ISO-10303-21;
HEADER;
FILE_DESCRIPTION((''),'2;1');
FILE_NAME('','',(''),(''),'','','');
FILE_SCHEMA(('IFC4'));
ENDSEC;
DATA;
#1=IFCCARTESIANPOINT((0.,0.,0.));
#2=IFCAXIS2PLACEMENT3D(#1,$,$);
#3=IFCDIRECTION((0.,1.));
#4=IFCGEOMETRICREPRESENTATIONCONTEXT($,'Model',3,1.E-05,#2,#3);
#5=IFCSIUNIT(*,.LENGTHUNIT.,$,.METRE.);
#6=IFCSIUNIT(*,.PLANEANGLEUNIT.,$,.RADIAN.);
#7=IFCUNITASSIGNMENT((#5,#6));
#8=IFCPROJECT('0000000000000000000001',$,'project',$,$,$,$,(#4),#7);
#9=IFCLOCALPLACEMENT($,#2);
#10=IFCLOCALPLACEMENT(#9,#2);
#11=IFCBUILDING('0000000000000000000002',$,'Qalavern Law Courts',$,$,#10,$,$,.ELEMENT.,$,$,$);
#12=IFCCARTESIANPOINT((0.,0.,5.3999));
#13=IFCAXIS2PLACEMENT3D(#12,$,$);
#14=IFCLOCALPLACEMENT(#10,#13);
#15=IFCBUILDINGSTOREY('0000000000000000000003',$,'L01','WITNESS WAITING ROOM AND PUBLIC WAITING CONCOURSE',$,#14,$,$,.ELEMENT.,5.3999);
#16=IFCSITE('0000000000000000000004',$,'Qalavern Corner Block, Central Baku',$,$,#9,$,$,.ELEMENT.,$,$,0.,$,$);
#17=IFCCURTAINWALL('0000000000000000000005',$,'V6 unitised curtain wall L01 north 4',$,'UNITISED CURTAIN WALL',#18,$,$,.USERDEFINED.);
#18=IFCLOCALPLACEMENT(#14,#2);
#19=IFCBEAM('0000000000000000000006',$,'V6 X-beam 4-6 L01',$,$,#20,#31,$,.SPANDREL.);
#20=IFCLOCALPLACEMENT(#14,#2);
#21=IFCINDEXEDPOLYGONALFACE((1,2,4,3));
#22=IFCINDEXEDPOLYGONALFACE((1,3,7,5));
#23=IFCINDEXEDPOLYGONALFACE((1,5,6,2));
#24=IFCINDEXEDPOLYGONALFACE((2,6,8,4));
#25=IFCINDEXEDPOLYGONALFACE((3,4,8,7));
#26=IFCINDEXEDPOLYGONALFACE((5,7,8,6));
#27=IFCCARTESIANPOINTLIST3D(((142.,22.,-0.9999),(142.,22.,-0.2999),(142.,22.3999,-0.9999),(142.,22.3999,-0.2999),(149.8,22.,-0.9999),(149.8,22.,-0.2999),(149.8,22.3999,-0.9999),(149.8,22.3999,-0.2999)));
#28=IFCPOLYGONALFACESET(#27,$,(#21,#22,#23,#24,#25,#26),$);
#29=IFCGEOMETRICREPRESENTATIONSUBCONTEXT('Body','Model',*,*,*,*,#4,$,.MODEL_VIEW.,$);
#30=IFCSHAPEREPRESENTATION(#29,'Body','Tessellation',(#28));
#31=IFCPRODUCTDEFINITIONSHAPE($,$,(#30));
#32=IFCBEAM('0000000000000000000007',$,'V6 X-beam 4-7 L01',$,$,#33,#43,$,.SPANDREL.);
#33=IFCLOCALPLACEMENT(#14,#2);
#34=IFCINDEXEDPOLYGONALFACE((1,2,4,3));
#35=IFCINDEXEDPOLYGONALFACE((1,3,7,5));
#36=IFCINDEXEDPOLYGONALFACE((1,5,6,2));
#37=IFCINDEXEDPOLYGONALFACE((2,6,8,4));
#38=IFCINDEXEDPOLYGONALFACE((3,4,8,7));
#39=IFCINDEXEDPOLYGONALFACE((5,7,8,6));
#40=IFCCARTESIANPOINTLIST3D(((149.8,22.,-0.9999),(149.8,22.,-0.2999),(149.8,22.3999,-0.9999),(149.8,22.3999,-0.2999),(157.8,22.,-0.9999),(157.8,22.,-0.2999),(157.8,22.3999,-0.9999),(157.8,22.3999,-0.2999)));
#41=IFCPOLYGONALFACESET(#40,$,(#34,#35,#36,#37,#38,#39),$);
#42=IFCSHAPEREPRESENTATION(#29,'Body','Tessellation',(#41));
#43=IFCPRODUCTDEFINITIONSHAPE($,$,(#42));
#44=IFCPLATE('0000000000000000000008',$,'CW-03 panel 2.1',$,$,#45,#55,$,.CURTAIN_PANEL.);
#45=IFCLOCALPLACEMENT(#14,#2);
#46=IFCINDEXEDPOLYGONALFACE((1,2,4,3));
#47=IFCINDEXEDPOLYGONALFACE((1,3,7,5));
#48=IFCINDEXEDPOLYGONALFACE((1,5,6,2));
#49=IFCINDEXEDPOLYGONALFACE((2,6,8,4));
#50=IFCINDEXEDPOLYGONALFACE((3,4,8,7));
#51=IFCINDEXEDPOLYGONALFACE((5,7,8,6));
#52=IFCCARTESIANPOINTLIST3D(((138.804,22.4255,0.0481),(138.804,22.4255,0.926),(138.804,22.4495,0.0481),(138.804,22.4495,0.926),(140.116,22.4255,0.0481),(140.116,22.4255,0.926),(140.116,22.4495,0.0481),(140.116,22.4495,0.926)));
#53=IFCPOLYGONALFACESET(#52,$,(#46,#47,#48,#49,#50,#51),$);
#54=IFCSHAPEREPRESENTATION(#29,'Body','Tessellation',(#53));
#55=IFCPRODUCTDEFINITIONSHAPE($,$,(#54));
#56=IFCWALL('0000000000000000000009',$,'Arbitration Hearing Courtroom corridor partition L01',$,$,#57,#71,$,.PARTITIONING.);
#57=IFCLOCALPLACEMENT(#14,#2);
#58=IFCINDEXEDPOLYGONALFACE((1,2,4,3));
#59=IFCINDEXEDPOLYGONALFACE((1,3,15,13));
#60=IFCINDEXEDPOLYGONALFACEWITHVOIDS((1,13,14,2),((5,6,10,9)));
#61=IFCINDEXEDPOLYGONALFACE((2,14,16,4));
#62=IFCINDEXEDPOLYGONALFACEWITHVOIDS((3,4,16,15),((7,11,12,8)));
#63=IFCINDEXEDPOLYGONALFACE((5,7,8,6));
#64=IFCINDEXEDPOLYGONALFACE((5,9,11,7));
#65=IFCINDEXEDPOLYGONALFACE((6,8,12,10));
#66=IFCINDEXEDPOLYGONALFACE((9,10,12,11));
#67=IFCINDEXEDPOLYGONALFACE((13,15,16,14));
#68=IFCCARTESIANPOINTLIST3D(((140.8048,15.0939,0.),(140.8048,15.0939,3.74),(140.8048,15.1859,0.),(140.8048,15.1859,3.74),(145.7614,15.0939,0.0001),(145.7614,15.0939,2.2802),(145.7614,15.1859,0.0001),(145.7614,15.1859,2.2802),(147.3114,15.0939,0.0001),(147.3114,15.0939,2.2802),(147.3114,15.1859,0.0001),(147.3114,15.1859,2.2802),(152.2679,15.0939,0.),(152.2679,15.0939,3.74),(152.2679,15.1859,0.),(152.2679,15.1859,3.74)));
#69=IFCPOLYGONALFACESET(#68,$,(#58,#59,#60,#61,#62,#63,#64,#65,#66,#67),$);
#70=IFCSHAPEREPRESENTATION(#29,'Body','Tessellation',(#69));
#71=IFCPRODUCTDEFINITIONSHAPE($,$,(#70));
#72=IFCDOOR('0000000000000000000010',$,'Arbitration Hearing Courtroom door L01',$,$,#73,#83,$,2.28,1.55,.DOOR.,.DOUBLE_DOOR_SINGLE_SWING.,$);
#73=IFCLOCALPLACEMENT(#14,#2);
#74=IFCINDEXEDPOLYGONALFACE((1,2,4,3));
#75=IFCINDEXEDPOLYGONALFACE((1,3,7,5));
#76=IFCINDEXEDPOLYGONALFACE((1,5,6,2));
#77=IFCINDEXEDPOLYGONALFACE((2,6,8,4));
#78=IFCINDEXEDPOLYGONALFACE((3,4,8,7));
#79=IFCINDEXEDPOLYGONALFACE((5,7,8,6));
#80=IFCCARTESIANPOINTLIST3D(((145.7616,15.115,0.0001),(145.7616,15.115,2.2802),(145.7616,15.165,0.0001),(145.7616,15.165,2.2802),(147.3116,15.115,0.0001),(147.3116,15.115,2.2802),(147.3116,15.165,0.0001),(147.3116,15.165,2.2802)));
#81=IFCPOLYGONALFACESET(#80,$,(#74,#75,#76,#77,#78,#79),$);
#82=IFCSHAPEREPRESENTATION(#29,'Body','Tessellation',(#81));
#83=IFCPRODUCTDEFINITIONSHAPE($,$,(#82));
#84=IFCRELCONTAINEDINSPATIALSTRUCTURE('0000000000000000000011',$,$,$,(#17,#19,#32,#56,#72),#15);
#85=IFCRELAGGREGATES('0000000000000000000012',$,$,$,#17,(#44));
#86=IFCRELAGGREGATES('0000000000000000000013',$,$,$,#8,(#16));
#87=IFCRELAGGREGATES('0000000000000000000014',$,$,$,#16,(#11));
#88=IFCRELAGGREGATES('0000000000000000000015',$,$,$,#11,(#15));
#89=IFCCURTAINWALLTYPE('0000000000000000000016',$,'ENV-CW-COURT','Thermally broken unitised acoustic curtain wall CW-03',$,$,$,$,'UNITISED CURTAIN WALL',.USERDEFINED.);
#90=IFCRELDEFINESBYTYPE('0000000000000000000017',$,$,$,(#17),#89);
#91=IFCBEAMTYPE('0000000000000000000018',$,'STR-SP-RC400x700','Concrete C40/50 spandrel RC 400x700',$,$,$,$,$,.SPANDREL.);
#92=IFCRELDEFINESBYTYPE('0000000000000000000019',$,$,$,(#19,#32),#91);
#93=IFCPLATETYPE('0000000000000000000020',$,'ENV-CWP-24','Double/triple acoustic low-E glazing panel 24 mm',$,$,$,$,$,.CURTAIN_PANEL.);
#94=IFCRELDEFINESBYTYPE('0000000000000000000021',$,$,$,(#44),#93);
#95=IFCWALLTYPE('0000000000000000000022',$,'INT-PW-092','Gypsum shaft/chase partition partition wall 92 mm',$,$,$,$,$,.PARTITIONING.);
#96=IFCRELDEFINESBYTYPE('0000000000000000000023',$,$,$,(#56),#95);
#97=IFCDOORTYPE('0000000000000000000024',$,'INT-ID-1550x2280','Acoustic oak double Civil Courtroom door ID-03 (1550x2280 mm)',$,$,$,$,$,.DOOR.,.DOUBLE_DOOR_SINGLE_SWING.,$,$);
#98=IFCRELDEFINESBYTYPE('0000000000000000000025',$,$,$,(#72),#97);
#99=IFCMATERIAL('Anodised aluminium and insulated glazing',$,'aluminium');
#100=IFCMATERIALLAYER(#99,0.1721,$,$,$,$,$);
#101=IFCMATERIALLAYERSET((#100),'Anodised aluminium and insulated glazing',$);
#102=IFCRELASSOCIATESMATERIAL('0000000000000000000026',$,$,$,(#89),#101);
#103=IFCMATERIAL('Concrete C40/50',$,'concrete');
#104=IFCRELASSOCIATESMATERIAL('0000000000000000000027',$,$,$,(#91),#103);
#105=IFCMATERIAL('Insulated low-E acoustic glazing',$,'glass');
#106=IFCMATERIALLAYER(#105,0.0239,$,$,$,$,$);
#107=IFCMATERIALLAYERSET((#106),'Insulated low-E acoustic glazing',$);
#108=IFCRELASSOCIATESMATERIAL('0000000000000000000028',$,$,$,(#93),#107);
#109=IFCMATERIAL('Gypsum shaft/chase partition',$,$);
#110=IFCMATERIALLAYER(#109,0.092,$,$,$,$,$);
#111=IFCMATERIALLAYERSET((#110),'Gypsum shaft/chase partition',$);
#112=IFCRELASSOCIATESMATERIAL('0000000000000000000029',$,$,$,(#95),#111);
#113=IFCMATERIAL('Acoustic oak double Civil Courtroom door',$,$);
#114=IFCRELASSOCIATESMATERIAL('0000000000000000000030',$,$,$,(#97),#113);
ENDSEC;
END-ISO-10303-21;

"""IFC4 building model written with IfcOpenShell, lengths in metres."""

from ifc_helpers import new_model, si_unit, direction, frame, frame_2d, origin, origin_2d, place, context, subcontext, project, spatial, rectangle, extrude, material, layer, layer_set, material_profile, profile_set, type_object, element, fill, aggregate, save


model = new_model("IFC4")

# Units and contexts
model_context = context("Model", 3, precision=1e-05, world=origin(), true_north=direction((0.0, 1.0)))
body_context = subcontext(model_context, "Body", "Model", "MODEL_VIEW")
ifc_project = project(units=[si_unit("LENGTHUNIT", "METRE"), si_unit("PLANEANGLEUNIT", "RADIAN")], contexts=[model_context])

# Site, building, storey
site_placement = place(None, origin())
site = spatial("IfcSite", under=ifc_project, at=site_placement, Name="Qalavern Corner Block, Central Baku", CompositionType="ELEMENT", RefElevation=0.0)
building_placement = place(site_placement, origin())
building = spatial("IfcBuilding", under=site, at=building_placement, Name="Qalavern Law Courts", CompositionType="ELEMENT")
storey_placement = place(building_placement, frame((0.0, 0.0, 5.3999)))
storey = spatial("IfcBuildingStorey", under=building, at=storey_placement, Name="L01", Description="WITNESS WAITING ROOM AND PUBLIC WAITING CONCOURSE", CompositionType="ELEMENT", Elevation=5.3999)

# Curtain wall
ifc_material_1 = material(Name="Anodised aluminium and insulated glazing", Category="aluminium")
ifc_layer_1 = layer(ifc_material_1, 0.1721)
ifc_layer_set_1 = layer_set([ifc_layer_1], Name="Anodised aluminium and insulated glazing")
curtain_wall_type = type_object("IfcCurtainWallType", Name="ENV-CW-COURT", Description="Thermally broken unitised acoustic curtain wall CW-03", ElementType="UNITISED CURTAIN WALL", PredefinedType="USERDEFINED", material=ifc_layer_set_1)
curtain_wall_placement = place(storey_placement, origin())
curtain_wall = element("IfcCurtainWall", 1, at=curtain_wall_placement, inside=storey, type_object=curtain_wall_type, Name="V6 unitised curtain wall L01 north 4", ObjectType="UNITISED CURTAIN WALL", PredefinedType="USERDEFINED")

# Beams
ifc_material_2 = material(Name="Concrete C40/50", Category="concrete")
ifc_material_profile_1 = material_profile(ifc_material_2, rectangle(XDim=0.3999, YDim=0.7, at=origin_2d()), Name="RC 400x700")
ifc_profile_set_1 = profile_set([ifc_material_profile_1], Name="Concrete C40/50")
beam_type_1 = type_object("IfcBeamType", Name="STR-SP-RC400x700", Description="Concrete C40/50 spandrel RC 400x700", PredefinedType="SPANDREL", material=ifc_profile_set_1)
beam_1_placement = place(storey_placement, frame((142.0, 22.2, -0.6499), z_axis=(1.0, 0.0, 0.0), x_axis=(0.0, 1.0, 0.0)))
element("IfcBeam", 2, at=beam_1_placement, inside=storey, type_object=beam_type_1, Name="V6 X-beam 4-6 L01", PredefinedType="SPANDREL", context=body_context, shape_type="SweptSolid", body=[
    extrude(rectangle(XDim=0.3999, YDim=0.7, at=origin_2d()), origin(), (0.0, 0.0, 1.0), 7.8),
])
beam_2_placement = place(storey_placement, frame((149.8, 22.2, -0.6499), z_axis=(1.0, 0.0, 0.0), x_axis=(0.0, 1.0, 0.0)))
element("IfcBeam", 3, at=beam_2_placement, inside=storey, type_object=beam_type_1, Name="V6 X-beam 4-7 L01", PredefinedType="SPANDREL", context=body_context, shape_type="SweptSolid", body=[
    extrude(rectangle(XDim=0.3999, YDim=0.7, at=origin_2d()), origin(), (0.0, 0.0, 1.0), 8.0),
])

# Plate
ifc_material_3 = material(Name="Insulated low-E acoustic glazing", Category="glass")
ifc_layer_2 = layer(ifc_material_3, 0.0239)
ifc_layer_set_2 = layer_set([ifc_layer_2], Name="Insulated low-E acoustic glazing")
plate_type = type_object("IfcPlateType", Name="ENV-CWP-24", Description="Double/triple acoustic low-E glazing panel 24 mm", PredefinedType="CURTAIN_PANEL", material=ifc_layer_set_2)
plate_placement = place(storey_placement, frame((139.46, 22.4375, 0.0481), z_axis=(0.0, 0.0, 1.0), x_axis=(-1.0, 0.0, 0.0)))
plate = element("IfcPlate", 4, at=plate_placement, type_object=plate_type, Name="CW-03 panel 2.1", PredefinedType="CURTAIN_PANEL", context=body_context, shape_type="SweptSolid", body=[
    extrude(rectangle(XDim=1.312, YDim=0.0239, at=origin_2d()), origin(), (0.0, 0.0, 1.0), 0.8779),
])
aggregate(curtain_wall, [plate])

# Wall, opening, door
ifc_material_4 = material(Name="Gypsum shaft/chase partition")
ifc_layer_3 = layer(ifc_material_4, 0.092)
ifc_layer_set_3 = layer_set([ifc_layer_3], Name="Gypsum shaft/chase partition")
wall_type = type_object("IfcWallType", Name="INT-PW-092", Description="Gypsum shaft/chase partition partition wall 92 mm", PredefinedType="PARTITIONING", material=ifc_layer_set_3)
wall_placement = place(storey_placement, frame((140.8049, 15.1399, 0.0), z_axis=(0.0, 0.0, 1.0), x_axis=(1.0, 0.0, 0.0)))
wall = element("IfcWall", 5, at=wall_placement, inside=storey, type_object=wall_type, Name="Arbitration Hearing Courtroom corridor partition L01", PredefinedType="PARTITIONING", context=body_context, shape_type="SweptSolid", body=[
    extrude(rectangle(XDim=11.4631, YDim=0.092, at=frame_2d((5.7314, 0.0))), origin(), (0.0, 0.0, 1.0), 3.74),
])
opening_placement = place(wall_placement, frame((4.9565, 0.0, 0.0)))
opening = element("IfcOpeningElement", 6, at=opening_placement, cuts=wall, PredefinedType="OPENING", context=body_context, shape_type="SweptSolid", body=[
    extrude(rectangle(XDim=1.55, YDim=2.28, at=frame_2d((0.7749, 1.1401))), frame((0.0, 0.061, 0.0), z_axis=(0.0, -1.0, 0.0), x_axis=(1.0, 0.0, 0.0)), (0.0, 0.0, 1.0), 0.1218),
])
ifc_material_5 = material(Name="Acoustic oak double Civil Courtroom door")
door_type = type_object("IfcDoorType", Name="INT-ID-1550x2280", Description="Acoustic oak double Civil Courtroom door ID-03 (1550x2280 mm)", OperationType="DOUBLE_DOOR_SINGLE_SWING", PredefinedType="DOOR", material=ifc_material_5)
door_placement = place(opening_placement, frame((1.55, 0.0, 0.0), z_axis=(0.0, 0.0, 1.0), x_axis=(-1.0, 0.0, 0.0)))
door = element("IfcDoor", 7, at=door_placement, inside=storey, type_object=door_type, Name="Arbitration Hearing Courtroom door L01", OperationType="DOUBLE_DOOR_SINGLE_SWING", OverallHeight=2.28, OverallWidth=1.55, PredefinedType="DOOR", context=body_context, shape_type="SweptSolid", body=[
    extrude(rectangle(XDim=1.55, YDim=2.28, at=frame_2d((0.7749, 1.1401))), frame((0.0, 0.0249, 0.0), z_axis=(0.0, -1.0, 0.0), x_axis=(1.0, 0.0, 0.0)), (0.0, 0.0, 1.0), 0.05),
])
fill(opening, door)

save(model, "model.ifc")
